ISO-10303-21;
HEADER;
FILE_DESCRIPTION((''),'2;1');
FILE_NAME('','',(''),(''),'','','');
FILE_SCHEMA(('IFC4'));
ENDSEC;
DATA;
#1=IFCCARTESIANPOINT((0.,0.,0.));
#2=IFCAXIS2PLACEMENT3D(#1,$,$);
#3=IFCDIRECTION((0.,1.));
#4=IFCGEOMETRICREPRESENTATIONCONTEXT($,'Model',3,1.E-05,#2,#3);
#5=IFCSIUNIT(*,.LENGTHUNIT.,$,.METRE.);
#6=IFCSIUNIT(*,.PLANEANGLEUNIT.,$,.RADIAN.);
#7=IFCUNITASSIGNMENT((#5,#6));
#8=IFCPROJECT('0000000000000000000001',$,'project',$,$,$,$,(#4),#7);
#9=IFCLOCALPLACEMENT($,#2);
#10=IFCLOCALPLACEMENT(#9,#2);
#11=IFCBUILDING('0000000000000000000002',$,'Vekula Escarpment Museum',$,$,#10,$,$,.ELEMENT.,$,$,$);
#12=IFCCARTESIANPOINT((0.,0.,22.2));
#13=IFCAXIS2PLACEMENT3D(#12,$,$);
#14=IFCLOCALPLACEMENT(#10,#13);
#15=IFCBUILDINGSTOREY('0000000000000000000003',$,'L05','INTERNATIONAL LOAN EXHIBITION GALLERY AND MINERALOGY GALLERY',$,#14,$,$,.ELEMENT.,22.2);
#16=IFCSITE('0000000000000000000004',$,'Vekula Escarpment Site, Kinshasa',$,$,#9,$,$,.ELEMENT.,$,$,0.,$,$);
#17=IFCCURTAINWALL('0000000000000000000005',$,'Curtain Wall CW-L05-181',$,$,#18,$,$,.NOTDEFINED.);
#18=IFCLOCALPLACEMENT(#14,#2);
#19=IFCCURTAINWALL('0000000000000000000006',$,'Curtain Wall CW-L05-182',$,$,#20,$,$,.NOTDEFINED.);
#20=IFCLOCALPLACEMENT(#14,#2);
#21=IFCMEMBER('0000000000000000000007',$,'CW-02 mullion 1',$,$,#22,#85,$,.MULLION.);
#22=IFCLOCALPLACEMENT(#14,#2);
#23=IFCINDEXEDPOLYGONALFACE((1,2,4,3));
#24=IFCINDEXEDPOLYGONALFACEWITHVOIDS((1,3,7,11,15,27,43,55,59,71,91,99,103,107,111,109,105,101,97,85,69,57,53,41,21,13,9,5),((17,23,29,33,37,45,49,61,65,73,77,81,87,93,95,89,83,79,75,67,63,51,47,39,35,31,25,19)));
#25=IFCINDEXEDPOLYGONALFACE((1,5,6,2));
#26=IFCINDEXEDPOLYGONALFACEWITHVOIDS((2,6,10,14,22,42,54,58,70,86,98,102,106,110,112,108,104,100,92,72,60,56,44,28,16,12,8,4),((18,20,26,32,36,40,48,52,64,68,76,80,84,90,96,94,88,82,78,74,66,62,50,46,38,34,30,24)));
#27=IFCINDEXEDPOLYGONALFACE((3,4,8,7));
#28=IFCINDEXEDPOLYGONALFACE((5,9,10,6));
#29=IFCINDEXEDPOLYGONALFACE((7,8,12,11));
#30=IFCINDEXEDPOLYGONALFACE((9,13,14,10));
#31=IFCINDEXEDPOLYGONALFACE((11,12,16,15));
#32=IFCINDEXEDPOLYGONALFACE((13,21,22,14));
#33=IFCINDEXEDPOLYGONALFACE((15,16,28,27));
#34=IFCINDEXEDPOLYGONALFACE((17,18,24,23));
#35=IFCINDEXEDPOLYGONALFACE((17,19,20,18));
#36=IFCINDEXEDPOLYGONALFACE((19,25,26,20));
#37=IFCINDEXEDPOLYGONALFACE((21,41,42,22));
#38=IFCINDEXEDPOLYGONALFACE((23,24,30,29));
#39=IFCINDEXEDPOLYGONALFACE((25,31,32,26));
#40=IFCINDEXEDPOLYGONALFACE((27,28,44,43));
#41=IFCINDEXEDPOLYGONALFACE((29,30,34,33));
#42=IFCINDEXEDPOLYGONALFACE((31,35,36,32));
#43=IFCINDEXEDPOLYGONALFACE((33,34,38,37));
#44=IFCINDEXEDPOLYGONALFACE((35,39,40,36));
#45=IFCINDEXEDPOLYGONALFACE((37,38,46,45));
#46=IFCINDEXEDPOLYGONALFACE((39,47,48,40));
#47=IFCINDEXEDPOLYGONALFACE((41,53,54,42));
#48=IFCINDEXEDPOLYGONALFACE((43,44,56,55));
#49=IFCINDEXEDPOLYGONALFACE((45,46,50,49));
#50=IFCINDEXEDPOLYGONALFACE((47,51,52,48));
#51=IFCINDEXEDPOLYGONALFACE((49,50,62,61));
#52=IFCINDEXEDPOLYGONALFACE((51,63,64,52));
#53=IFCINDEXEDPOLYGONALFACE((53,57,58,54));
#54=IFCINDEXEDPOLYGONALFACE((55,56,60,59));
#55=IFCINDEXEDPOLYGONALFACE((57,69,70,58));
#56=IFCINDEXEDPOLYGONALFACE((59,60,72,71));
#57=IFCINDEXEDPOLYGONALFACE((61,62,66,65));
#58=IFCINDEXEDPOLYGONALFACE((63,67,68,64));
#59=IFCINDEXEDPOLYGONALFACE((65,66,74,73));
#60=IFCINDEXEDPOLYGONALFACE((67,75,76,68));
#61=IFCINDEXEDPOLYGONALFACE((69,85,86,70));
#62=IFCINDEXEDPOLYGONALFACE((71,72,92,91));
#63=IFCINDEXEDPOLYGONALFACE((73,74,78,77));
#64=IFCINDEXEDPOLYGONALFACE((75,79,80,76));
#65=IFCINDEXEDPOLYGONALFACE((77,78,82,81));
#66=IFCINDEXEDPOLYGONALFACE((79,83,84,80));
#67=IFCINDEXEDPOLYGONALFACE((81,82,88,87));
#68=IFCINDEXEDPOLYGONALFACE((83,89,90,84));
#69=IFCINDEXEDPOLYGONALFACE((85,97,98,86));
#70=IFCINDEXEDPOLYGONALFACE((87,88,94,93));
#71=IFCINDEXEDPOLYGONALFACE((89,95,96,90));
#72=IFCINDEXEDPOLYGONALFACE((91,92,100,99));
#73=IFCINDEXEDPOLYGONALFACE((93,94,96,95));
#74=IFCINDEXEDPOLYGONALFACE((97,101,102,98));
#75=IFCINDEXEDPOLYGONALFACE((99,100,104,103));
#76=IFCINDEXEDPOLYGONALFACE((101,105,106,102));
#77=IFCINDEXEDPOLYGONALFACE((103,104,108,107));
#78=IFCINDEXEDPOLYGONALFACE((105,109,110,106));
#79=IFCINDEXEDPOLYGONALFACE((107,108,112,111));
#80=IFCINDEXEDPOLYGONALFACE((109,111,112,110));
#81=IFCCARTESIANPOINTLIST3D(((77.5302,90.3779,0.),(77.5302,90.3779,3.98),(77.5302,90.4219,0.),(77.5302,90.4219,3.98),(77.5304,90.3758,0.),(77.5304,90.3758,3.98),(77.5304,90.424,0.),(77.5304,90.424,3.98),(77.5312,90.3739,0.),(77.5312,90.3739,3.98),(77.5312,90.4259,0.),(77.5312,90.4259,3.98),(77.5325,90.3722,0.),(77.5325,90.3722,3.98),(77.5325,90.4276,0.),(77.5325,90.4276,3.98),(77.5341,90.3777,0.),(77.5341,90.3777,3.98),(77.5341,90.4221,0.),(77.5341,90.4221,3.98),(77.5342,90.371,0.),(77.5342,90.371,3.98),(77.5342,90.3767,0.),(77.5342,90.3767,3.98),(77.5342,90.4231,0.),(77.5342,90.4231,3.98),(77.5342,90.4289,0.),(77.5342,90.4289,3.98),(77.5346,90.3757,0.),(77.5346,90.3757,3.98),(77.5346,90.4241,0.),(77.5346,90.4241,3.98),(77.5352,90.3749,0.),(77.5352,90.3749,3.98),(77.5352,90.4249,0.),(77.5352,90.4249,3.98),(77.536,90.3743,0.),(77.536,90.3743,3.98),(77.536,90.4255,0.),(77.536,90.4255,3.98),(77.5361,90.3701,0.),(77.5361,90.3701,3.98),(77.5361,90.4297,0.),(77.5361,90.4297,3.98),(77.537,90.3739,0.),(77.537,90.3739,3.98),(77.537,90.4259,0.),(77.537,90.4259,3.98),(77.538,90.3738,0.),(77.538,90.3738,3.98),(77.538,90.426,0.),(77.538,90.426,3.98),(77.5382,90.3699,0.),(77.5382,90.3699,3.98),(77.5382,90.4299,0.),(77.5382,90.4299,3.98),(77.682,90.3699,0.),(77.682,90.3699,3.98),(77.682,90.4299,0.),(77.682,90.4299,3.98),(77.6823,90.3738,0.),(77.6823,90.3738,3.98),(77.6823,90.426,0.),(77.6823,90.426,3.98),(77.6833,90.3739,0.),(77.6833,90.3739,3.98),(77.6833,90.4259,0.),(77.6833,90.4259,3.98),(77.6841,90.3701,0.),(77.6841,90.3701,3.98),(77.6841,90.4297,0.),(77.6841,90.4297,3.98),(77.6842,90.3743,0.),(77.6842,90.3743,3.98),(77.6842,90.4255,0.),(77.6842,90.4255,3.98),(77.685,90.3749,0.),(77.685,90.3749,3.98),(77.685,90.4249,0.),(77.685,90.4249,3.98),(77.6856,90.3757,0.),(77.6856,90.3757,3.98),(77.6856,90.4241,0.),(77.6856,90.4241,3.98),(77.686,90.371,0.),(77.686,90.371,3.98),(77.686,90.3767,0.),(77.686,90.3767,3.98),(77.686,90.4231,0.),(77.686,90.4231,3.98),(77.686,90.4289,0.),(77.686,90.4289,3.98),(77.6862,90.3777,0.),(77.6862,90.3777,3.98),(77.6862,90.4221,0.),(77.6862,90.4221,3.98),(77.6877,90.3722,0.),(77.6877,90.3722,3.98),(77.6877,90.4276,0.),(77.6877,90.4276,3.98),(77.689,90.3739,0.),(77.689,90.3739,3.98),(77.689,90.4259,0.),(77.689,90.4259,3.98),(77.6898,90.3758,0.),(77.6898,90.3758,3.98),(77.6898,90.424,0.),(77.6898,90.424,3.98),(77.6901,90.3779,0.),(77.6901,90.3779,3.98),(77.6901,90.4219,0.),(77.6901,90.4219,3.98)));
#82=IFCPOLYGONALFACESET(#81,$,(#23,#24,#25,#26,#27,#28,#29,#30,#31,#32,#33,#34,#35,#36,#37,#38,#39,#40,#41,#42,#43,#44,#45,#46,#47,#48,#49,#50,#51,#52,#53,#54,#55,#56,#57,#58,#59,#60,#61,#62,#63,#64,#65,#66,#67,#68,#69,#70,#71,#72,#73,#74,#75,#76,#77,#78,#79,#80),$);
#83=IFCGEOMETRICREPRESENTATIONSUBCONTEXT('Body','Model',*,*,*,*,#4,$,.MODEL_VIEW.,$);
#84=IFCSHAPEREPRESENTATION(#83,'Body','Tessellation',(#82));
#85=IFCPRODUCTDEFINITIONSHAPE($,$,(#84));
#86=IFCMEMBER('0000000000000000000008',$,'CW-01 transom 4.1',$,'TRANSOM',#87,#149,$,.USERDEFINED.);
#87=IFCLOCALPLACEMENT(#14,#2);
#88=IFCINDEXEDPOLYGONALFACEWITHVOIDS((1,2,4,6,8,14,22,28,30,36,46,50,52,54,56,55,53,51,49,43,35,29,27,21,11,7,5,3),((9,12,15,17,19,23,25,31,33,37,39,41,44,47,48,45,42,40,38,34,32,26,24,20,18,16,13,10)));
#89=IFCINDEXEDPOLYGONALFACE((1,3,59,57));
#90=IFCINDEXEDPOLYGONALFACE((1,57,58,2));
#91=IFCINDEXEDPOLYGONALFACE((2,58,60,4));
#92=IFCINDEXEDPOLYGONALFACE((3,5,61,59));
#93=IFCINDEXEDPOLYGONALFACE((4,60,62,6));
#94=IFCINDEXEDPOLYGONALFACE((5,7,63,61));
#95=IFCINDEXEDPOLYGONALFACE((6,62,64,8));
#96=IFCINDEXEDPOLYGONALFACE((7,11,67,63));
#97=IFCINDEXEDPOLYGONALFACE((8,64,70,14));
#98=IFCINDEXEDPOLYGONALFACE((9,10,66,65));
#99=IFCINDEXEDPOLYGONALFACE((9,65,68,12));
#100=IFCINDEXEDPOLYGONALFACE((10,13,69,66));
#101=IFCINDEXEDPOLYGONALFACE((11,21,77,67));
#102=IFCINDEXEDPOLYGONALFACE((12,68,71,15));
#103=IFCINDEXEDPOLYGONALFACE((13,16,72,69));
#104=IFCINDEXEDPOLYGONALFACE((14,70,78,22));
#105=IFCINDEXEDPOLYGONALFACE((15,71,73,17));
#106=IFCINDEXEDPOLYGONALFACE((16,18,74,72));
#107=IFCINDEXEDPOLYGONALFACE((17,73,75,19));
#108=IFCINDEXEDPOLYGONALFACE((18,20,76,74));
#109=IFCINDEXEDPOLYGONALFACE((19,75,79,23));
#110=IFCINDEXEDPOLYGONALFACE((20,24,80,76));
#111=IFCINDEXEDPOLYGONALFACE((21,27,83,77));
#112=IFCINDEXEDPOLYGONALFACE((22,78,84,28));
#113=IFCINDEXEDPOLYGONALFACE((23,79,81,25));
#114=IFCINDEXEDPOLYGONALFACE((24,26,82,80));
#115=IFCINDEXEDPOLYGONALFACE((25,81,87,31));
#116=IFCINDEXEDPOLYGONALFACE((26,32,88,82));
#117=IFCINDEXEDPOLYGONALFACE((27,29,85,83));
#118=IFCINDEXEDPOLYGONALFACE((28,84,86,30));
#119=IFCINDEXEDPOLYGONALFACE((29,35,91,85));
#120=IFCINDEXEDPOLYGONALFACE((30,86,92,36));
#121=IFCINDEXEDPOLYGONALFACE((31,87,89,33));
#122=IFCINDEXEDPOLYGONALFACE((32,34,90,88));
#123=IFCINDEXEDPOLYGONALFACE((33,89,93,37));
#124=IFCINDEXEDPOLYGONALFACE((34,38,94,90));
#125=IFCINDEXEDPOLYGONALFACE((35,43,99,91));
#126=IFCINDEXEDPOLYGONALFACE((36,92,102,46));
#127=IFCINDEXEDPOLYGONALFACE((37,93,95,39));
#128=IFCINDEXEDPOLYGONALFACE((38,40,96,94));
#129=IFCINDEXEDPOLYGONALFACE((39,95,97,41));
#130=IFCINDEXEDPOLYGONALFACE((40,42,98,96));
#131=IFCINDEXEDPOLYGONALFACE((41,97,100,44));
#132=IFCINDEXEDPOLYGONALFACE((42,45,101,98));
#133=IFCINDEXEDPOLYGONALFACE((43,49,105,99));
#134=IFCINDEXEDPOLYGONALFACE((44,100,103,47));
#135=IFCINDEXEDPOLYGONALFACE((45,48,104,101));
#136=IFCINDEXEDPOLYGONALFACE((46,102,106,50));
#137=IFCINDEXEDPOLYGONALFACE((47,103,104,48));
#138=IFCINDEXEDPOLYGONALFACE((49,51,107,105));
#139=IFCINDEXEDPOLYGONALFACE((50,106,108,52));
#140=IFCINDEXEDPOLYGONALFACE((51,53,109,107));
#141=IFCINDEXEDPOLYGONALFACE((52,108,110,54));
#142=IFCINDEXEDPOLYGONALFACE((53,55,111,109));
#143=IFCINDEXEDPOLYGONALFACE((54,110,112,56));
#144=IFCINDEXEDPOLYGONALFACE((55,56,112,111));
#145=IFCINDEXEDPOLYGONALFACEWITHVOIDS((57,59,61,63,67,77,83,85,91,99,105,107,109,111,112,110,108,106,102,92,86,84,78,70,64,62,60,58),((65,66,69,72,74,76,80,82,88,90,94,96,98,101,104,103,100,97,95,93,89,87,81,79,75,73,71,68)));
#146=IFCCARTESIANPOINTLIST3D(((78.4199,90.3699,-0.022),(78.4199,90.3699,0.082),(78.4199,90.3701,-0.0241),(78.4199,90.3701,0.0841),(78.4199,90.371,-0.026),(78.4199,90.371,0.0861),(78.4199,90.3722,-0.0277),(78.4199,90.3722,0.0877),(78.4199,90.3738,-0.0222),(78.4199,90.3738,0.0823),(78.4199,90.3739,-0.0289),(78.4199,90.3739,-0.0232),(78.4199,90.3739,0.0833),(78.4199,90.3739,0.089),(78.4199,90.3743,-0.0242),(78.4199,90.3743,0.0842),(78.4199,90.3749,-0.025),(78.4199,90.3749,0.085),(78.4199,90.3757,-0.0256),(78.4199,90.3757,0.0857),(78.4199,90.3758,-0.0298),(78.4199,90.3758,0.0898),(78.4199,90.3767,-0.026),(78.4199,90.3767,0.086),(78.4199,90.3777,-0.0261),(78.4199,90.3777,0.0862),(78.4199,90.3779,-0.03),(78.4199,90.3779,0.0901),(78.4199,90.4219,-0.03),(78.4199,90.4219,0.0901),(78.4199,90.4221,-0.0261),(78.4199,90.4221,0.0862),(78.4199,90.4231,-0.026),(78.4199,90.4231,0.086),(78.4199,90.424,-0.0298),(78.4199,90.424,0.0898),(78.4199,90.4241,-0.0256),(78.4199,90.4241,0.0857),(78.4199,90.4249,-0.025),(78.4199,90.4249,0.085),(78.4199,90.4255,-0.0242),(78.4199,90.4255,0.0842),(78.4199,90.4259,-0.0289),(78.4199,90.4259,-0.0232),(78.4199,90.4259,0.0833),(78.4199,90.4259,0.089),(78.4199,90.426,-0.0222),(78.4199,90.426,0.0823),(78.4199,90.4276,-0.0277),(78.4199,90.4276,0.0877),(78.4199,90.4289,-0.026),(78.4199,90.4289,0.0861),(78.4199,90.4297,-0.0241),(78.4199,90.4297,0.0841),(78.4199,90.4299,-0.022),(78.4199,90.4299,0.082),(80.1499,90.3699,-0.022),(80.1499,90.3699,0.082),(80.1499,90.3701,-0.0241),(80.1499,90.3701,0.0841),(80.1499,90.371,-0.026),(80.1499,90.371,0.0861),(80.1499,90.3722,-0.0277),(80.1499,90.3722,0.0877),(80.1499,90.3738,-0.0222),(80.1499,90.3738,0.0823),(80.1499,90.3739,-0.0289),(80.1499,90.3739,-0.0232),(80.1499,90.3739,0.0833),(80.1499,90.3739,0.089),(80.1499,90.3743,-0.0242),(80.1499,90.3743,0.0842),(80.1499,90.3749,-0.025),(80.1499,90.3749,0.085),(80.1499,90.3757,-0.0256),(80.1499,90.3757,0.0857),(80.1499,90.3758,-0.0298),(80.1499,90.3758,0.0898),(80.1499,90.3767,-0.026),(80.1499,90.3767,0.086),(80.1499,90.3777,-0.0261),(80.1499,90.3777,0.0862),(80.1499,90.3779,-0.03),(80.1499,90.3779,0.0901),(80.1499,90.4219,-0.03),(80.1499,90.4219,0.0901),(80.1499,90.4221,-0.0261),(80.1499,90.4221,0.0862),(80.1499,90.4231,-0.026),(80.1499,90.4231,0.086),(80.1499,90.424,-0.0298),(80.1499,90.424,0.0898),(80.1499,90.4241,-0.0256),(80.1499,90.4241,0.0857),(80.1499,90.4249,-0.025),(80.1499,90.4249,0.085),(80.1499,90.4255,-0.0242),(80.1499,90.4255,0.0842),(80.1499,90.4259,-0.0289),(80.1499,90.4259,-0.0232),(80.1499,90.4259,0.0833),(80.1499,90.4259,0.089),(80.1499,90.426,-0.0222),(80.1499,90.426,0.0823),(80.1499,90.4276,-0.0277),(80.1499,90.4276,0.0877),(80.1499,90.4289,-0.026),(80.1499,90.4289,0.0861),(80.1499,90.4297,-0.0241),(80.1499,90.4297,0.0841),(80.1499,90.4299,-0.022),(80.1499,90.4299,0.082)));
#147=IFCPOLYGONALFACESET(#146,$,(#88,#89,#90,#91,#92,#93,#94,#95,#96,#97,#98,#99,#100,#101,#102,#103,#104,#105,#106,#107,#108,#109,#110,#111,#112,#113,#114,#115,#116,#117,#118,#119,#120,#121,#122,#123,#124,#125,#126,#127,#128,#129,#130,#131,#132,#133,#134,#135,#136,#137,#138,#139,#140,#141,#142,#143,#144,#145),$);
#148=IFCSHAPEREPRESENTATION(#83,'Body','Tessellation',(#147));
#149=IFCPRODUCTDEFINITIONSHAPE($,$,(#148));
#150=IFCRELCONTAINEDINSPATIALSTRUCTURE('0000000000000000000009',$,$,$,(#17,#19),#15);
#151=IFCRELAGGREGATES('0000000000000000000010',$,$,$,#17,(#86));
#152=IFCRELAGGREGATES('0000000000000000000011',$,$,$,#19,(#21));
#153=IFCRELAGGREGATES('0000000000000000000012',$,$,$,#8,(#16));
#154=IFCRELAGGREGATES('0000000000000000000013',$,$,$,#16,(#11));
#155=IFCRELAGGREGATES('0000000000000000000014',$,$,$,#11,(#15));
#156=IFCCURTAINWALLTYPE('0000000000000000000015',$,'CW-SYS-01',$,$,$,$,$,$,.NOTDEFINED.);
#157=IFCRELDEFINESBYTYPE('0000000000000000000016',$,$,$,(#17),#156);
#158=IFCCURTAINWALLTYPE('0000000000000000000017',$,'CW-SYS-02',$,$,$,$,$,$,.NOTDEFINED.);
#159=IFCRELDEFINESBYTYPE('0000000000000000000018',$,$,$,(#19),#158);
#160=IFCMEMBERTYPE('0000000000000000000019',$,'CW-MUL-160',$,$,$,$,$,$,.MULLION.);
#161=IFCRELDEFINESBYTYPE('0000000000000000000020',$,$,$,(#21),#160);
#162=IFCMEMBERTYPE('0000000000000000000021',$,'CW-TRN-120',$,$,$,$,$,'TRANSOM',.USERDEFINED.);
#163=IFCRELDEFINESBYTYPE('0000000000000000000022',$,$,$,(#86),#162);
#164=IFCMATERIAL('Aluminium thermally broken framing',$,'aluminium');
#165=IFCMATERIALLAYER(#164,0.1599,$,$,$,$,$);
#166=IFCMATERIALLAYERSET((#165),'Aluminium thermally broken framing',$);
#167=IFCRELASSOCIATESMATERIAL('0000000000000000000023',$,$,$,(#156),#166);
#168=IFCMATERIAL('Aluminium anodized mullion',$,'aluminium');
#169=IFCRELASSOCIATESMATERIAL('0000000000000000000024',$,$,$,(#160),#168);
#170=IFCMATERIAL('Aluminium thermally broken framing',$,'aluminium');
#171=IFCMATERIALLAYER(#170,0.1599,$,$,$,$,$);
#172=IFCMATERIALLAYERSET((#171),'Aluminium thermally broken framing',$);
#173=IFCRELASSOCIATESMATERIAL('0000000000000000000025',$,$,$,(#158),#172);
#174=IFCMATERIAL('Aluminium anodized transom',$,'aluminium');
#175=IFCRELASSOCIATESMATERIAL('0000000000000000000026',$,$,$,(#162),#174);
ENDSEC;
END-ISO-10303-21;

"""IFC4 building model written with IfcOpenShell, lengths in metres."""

from ifc_helpers import new_model, si_unit, direction, frame, origin, origin_2d, place, context, subcontext, project, spatial, hollow_rectangle, extrude, material, layer, layer_set, material_profile, profile_set, type_object, element, aggregate, save


model = new_model("IFC4")

# Units and contexts
model_context = context("Model", 3, precision=1e-05, world=origin(), true_north=direction((0.0, 1.0)))
body_context = subcontext(model_context, "Body", "Model", "MODEL_VIEW")
ifc_project = project(units=[si_unit("LENGTHUNIT", "METRE"), si_unit("PLANEANGLEUNIT", "RADIAN")], contexts=[model_context])

# Site, building, storey
site_placement = place(None, origin())
site = spatial("IfcSite", under=ifc_project, at=site_placement, Name="Vekula Escarpment Site, Kinshasa", CompositionType="ELEMENT", RefElevation=0.0)
building_placement = place(site_placement, origin())
building = spatial("IfcBuilding", under=site, at=building_placement, Name="Vekula Escarpment Museum", CompositionType="ELEMENT")
storey_placement = place(building_placement, frame((0.0, 0.0, 22.2)))
storey = spatial("IfcBuildingStorey", under=building, at=storey_placement, Name="L05", Description="INTERNATIONAL LOAN EXHIBITION GALLERY AND MINERALOGY GALLERY", CompositionType="ELEMENT", Elevation=22.2)

# Curtain walls, member
ifc_material_1 = material(Name="Aluminium thermally broken framing", Category="aluminium")
ifc_layer_1 = layer(ifc_material_1, 0.1599)
ifc_layer_set_1 = layer_set([ifc_layer_1], Name="Aluminium thermally broken framing")
curtain_wall_type_1 = type_object("IfcCurtainWallType", Name="CW-SYS-01", PredefinedType="NOTDEFINED", material=ifc_layer_set_1)
curtain_wall_1_placement = place(storey_placement, origin())
curtain_wall_1 = element("IfcCurtainWall", 1, at=curtain_wall_1_placement, inside=storey, type_object=curtain_wall_type_1, Name="Curtain Wall CW-L05-181", PredefinedType="NOTDEFINED")
ifc_material_2 = material(Name="Aluminium anodized mullion", Category="aluminium")
ifc_material_profile_1 = material_profile(ifc_material_2, hollow_rectangle(XDim=0.0601, YDim=0.1599, WallThickness=0.0039, InnerFilletRadius=0.0039, OuterFilletRadius=0.0081, at=origin_2d()), Name="ALU 160x60x4")
ifc_profile_set_1 = profile_set([ifc_material_profile_1], Name="Aluminium anodized mullion")
member_type_1 = type_object("IfcMemberType", Name="CW-MUL-160", PredefinedType="MULLION", material=ifc_profile_set_1)
ifc_material_3 = material(Name="Aluminium thermally broken framing", Category="aluminium")
ifc_layer_2 = layer(ifc_material_3, 0.1599)
ifc_layer_set_2 = layer_set([ifc_layer_2], Name="Aluminium thermally broken framing")
curtain_wall_type_2 = type_object("IfcCurtainWallType", Name="CW-SYS-02", PredefinedType="NOTDEFINED", material=ifc_layer_set_2)
curtain_wall_2_placement = place(storey_placement, origin())
curtain_wall_2 = element("IfcCurtainWall", 2, at=curtain_wall_2_placement, inside=storey, type_object=curtain_wall_type_2, Name="Curtain Wall CW-L05-182", PredefinedType="NOTDEFINED")
member_1_placement = place(storey_placement, frame((77.6101, 90.3999, 0.0), z_axis=(0.0, 0.0, 1.0), x_axis=(0.0, -1.0, 0.0)))
member_1 = element("IfcMember", 3, at=member_1_placement, type_object=member_type_1, Name="CW-02 mullion 1", PredefinedType="MULLION", context=body_context, shape_type="SweptSolid", body=[
    extrude(hollow_rectangle(XDim=0.0601, YDim=0.1599, WallThickness=0.0039, InnerFilletRadius=0.0039, OuterFilletRadius=0.0081, at=origin_2d()), origin(), (0.0, 0.0, 1.0), 3.98),
])

# Member
ifc_material_4 = material(Name="Aluminium anodized transom", Category="aluminium")
ifc_material_profile_2 = material_profile(ifc_material_4, hollow_rectangle(XDim=0.0601, YDim=0.1201, WallThickness=0.0039, InnerFilletRadius=0.0039, OuterFilletRadius=0.0081, at=origin_2d()), Name="ALU 120x60x4")
ifc_profile_set_2 = profile_set([ifc_material_profile_2], Name="Aluminium anodized transom")
member_type_2 = type_object("IfcMemberType", Name="CW-TRN-120", ElementType="TRANSOM", PredefinedType="USERDEFINED", material=ifc_profile_set_2)
member_2_placement = place(storey_placement, frame((80.1499, 90.3999, 0.03), z_axis=(-1.0, 0.0, 0.0), x_axis=(0.0, -1.0, 0.0)))
member_2 = element("IfcMember", 4, at=member_2_placement, type_object=member_type_2, Name="CW-01 transom 4.1", ObjectType="TRANSOM", PredefinedType="USERDEFINED", context=body_context, shape_type="SweptSolid", body=[
    extrude(hollow_rectangle(XDim=0.0601, YDim=0.1201, WallThickness=0.0039, InnerFilletRadius=0.0039, OuterFilletRadius=0.0081, at=origin_2d()), origin(), (0.0, 0.0, 1.0), 1.73),
])

aggregate(curtain_wall_1, [member_2])
aggregate(curtain_wall_2, [member_1])

save(model, "model.ifc")
